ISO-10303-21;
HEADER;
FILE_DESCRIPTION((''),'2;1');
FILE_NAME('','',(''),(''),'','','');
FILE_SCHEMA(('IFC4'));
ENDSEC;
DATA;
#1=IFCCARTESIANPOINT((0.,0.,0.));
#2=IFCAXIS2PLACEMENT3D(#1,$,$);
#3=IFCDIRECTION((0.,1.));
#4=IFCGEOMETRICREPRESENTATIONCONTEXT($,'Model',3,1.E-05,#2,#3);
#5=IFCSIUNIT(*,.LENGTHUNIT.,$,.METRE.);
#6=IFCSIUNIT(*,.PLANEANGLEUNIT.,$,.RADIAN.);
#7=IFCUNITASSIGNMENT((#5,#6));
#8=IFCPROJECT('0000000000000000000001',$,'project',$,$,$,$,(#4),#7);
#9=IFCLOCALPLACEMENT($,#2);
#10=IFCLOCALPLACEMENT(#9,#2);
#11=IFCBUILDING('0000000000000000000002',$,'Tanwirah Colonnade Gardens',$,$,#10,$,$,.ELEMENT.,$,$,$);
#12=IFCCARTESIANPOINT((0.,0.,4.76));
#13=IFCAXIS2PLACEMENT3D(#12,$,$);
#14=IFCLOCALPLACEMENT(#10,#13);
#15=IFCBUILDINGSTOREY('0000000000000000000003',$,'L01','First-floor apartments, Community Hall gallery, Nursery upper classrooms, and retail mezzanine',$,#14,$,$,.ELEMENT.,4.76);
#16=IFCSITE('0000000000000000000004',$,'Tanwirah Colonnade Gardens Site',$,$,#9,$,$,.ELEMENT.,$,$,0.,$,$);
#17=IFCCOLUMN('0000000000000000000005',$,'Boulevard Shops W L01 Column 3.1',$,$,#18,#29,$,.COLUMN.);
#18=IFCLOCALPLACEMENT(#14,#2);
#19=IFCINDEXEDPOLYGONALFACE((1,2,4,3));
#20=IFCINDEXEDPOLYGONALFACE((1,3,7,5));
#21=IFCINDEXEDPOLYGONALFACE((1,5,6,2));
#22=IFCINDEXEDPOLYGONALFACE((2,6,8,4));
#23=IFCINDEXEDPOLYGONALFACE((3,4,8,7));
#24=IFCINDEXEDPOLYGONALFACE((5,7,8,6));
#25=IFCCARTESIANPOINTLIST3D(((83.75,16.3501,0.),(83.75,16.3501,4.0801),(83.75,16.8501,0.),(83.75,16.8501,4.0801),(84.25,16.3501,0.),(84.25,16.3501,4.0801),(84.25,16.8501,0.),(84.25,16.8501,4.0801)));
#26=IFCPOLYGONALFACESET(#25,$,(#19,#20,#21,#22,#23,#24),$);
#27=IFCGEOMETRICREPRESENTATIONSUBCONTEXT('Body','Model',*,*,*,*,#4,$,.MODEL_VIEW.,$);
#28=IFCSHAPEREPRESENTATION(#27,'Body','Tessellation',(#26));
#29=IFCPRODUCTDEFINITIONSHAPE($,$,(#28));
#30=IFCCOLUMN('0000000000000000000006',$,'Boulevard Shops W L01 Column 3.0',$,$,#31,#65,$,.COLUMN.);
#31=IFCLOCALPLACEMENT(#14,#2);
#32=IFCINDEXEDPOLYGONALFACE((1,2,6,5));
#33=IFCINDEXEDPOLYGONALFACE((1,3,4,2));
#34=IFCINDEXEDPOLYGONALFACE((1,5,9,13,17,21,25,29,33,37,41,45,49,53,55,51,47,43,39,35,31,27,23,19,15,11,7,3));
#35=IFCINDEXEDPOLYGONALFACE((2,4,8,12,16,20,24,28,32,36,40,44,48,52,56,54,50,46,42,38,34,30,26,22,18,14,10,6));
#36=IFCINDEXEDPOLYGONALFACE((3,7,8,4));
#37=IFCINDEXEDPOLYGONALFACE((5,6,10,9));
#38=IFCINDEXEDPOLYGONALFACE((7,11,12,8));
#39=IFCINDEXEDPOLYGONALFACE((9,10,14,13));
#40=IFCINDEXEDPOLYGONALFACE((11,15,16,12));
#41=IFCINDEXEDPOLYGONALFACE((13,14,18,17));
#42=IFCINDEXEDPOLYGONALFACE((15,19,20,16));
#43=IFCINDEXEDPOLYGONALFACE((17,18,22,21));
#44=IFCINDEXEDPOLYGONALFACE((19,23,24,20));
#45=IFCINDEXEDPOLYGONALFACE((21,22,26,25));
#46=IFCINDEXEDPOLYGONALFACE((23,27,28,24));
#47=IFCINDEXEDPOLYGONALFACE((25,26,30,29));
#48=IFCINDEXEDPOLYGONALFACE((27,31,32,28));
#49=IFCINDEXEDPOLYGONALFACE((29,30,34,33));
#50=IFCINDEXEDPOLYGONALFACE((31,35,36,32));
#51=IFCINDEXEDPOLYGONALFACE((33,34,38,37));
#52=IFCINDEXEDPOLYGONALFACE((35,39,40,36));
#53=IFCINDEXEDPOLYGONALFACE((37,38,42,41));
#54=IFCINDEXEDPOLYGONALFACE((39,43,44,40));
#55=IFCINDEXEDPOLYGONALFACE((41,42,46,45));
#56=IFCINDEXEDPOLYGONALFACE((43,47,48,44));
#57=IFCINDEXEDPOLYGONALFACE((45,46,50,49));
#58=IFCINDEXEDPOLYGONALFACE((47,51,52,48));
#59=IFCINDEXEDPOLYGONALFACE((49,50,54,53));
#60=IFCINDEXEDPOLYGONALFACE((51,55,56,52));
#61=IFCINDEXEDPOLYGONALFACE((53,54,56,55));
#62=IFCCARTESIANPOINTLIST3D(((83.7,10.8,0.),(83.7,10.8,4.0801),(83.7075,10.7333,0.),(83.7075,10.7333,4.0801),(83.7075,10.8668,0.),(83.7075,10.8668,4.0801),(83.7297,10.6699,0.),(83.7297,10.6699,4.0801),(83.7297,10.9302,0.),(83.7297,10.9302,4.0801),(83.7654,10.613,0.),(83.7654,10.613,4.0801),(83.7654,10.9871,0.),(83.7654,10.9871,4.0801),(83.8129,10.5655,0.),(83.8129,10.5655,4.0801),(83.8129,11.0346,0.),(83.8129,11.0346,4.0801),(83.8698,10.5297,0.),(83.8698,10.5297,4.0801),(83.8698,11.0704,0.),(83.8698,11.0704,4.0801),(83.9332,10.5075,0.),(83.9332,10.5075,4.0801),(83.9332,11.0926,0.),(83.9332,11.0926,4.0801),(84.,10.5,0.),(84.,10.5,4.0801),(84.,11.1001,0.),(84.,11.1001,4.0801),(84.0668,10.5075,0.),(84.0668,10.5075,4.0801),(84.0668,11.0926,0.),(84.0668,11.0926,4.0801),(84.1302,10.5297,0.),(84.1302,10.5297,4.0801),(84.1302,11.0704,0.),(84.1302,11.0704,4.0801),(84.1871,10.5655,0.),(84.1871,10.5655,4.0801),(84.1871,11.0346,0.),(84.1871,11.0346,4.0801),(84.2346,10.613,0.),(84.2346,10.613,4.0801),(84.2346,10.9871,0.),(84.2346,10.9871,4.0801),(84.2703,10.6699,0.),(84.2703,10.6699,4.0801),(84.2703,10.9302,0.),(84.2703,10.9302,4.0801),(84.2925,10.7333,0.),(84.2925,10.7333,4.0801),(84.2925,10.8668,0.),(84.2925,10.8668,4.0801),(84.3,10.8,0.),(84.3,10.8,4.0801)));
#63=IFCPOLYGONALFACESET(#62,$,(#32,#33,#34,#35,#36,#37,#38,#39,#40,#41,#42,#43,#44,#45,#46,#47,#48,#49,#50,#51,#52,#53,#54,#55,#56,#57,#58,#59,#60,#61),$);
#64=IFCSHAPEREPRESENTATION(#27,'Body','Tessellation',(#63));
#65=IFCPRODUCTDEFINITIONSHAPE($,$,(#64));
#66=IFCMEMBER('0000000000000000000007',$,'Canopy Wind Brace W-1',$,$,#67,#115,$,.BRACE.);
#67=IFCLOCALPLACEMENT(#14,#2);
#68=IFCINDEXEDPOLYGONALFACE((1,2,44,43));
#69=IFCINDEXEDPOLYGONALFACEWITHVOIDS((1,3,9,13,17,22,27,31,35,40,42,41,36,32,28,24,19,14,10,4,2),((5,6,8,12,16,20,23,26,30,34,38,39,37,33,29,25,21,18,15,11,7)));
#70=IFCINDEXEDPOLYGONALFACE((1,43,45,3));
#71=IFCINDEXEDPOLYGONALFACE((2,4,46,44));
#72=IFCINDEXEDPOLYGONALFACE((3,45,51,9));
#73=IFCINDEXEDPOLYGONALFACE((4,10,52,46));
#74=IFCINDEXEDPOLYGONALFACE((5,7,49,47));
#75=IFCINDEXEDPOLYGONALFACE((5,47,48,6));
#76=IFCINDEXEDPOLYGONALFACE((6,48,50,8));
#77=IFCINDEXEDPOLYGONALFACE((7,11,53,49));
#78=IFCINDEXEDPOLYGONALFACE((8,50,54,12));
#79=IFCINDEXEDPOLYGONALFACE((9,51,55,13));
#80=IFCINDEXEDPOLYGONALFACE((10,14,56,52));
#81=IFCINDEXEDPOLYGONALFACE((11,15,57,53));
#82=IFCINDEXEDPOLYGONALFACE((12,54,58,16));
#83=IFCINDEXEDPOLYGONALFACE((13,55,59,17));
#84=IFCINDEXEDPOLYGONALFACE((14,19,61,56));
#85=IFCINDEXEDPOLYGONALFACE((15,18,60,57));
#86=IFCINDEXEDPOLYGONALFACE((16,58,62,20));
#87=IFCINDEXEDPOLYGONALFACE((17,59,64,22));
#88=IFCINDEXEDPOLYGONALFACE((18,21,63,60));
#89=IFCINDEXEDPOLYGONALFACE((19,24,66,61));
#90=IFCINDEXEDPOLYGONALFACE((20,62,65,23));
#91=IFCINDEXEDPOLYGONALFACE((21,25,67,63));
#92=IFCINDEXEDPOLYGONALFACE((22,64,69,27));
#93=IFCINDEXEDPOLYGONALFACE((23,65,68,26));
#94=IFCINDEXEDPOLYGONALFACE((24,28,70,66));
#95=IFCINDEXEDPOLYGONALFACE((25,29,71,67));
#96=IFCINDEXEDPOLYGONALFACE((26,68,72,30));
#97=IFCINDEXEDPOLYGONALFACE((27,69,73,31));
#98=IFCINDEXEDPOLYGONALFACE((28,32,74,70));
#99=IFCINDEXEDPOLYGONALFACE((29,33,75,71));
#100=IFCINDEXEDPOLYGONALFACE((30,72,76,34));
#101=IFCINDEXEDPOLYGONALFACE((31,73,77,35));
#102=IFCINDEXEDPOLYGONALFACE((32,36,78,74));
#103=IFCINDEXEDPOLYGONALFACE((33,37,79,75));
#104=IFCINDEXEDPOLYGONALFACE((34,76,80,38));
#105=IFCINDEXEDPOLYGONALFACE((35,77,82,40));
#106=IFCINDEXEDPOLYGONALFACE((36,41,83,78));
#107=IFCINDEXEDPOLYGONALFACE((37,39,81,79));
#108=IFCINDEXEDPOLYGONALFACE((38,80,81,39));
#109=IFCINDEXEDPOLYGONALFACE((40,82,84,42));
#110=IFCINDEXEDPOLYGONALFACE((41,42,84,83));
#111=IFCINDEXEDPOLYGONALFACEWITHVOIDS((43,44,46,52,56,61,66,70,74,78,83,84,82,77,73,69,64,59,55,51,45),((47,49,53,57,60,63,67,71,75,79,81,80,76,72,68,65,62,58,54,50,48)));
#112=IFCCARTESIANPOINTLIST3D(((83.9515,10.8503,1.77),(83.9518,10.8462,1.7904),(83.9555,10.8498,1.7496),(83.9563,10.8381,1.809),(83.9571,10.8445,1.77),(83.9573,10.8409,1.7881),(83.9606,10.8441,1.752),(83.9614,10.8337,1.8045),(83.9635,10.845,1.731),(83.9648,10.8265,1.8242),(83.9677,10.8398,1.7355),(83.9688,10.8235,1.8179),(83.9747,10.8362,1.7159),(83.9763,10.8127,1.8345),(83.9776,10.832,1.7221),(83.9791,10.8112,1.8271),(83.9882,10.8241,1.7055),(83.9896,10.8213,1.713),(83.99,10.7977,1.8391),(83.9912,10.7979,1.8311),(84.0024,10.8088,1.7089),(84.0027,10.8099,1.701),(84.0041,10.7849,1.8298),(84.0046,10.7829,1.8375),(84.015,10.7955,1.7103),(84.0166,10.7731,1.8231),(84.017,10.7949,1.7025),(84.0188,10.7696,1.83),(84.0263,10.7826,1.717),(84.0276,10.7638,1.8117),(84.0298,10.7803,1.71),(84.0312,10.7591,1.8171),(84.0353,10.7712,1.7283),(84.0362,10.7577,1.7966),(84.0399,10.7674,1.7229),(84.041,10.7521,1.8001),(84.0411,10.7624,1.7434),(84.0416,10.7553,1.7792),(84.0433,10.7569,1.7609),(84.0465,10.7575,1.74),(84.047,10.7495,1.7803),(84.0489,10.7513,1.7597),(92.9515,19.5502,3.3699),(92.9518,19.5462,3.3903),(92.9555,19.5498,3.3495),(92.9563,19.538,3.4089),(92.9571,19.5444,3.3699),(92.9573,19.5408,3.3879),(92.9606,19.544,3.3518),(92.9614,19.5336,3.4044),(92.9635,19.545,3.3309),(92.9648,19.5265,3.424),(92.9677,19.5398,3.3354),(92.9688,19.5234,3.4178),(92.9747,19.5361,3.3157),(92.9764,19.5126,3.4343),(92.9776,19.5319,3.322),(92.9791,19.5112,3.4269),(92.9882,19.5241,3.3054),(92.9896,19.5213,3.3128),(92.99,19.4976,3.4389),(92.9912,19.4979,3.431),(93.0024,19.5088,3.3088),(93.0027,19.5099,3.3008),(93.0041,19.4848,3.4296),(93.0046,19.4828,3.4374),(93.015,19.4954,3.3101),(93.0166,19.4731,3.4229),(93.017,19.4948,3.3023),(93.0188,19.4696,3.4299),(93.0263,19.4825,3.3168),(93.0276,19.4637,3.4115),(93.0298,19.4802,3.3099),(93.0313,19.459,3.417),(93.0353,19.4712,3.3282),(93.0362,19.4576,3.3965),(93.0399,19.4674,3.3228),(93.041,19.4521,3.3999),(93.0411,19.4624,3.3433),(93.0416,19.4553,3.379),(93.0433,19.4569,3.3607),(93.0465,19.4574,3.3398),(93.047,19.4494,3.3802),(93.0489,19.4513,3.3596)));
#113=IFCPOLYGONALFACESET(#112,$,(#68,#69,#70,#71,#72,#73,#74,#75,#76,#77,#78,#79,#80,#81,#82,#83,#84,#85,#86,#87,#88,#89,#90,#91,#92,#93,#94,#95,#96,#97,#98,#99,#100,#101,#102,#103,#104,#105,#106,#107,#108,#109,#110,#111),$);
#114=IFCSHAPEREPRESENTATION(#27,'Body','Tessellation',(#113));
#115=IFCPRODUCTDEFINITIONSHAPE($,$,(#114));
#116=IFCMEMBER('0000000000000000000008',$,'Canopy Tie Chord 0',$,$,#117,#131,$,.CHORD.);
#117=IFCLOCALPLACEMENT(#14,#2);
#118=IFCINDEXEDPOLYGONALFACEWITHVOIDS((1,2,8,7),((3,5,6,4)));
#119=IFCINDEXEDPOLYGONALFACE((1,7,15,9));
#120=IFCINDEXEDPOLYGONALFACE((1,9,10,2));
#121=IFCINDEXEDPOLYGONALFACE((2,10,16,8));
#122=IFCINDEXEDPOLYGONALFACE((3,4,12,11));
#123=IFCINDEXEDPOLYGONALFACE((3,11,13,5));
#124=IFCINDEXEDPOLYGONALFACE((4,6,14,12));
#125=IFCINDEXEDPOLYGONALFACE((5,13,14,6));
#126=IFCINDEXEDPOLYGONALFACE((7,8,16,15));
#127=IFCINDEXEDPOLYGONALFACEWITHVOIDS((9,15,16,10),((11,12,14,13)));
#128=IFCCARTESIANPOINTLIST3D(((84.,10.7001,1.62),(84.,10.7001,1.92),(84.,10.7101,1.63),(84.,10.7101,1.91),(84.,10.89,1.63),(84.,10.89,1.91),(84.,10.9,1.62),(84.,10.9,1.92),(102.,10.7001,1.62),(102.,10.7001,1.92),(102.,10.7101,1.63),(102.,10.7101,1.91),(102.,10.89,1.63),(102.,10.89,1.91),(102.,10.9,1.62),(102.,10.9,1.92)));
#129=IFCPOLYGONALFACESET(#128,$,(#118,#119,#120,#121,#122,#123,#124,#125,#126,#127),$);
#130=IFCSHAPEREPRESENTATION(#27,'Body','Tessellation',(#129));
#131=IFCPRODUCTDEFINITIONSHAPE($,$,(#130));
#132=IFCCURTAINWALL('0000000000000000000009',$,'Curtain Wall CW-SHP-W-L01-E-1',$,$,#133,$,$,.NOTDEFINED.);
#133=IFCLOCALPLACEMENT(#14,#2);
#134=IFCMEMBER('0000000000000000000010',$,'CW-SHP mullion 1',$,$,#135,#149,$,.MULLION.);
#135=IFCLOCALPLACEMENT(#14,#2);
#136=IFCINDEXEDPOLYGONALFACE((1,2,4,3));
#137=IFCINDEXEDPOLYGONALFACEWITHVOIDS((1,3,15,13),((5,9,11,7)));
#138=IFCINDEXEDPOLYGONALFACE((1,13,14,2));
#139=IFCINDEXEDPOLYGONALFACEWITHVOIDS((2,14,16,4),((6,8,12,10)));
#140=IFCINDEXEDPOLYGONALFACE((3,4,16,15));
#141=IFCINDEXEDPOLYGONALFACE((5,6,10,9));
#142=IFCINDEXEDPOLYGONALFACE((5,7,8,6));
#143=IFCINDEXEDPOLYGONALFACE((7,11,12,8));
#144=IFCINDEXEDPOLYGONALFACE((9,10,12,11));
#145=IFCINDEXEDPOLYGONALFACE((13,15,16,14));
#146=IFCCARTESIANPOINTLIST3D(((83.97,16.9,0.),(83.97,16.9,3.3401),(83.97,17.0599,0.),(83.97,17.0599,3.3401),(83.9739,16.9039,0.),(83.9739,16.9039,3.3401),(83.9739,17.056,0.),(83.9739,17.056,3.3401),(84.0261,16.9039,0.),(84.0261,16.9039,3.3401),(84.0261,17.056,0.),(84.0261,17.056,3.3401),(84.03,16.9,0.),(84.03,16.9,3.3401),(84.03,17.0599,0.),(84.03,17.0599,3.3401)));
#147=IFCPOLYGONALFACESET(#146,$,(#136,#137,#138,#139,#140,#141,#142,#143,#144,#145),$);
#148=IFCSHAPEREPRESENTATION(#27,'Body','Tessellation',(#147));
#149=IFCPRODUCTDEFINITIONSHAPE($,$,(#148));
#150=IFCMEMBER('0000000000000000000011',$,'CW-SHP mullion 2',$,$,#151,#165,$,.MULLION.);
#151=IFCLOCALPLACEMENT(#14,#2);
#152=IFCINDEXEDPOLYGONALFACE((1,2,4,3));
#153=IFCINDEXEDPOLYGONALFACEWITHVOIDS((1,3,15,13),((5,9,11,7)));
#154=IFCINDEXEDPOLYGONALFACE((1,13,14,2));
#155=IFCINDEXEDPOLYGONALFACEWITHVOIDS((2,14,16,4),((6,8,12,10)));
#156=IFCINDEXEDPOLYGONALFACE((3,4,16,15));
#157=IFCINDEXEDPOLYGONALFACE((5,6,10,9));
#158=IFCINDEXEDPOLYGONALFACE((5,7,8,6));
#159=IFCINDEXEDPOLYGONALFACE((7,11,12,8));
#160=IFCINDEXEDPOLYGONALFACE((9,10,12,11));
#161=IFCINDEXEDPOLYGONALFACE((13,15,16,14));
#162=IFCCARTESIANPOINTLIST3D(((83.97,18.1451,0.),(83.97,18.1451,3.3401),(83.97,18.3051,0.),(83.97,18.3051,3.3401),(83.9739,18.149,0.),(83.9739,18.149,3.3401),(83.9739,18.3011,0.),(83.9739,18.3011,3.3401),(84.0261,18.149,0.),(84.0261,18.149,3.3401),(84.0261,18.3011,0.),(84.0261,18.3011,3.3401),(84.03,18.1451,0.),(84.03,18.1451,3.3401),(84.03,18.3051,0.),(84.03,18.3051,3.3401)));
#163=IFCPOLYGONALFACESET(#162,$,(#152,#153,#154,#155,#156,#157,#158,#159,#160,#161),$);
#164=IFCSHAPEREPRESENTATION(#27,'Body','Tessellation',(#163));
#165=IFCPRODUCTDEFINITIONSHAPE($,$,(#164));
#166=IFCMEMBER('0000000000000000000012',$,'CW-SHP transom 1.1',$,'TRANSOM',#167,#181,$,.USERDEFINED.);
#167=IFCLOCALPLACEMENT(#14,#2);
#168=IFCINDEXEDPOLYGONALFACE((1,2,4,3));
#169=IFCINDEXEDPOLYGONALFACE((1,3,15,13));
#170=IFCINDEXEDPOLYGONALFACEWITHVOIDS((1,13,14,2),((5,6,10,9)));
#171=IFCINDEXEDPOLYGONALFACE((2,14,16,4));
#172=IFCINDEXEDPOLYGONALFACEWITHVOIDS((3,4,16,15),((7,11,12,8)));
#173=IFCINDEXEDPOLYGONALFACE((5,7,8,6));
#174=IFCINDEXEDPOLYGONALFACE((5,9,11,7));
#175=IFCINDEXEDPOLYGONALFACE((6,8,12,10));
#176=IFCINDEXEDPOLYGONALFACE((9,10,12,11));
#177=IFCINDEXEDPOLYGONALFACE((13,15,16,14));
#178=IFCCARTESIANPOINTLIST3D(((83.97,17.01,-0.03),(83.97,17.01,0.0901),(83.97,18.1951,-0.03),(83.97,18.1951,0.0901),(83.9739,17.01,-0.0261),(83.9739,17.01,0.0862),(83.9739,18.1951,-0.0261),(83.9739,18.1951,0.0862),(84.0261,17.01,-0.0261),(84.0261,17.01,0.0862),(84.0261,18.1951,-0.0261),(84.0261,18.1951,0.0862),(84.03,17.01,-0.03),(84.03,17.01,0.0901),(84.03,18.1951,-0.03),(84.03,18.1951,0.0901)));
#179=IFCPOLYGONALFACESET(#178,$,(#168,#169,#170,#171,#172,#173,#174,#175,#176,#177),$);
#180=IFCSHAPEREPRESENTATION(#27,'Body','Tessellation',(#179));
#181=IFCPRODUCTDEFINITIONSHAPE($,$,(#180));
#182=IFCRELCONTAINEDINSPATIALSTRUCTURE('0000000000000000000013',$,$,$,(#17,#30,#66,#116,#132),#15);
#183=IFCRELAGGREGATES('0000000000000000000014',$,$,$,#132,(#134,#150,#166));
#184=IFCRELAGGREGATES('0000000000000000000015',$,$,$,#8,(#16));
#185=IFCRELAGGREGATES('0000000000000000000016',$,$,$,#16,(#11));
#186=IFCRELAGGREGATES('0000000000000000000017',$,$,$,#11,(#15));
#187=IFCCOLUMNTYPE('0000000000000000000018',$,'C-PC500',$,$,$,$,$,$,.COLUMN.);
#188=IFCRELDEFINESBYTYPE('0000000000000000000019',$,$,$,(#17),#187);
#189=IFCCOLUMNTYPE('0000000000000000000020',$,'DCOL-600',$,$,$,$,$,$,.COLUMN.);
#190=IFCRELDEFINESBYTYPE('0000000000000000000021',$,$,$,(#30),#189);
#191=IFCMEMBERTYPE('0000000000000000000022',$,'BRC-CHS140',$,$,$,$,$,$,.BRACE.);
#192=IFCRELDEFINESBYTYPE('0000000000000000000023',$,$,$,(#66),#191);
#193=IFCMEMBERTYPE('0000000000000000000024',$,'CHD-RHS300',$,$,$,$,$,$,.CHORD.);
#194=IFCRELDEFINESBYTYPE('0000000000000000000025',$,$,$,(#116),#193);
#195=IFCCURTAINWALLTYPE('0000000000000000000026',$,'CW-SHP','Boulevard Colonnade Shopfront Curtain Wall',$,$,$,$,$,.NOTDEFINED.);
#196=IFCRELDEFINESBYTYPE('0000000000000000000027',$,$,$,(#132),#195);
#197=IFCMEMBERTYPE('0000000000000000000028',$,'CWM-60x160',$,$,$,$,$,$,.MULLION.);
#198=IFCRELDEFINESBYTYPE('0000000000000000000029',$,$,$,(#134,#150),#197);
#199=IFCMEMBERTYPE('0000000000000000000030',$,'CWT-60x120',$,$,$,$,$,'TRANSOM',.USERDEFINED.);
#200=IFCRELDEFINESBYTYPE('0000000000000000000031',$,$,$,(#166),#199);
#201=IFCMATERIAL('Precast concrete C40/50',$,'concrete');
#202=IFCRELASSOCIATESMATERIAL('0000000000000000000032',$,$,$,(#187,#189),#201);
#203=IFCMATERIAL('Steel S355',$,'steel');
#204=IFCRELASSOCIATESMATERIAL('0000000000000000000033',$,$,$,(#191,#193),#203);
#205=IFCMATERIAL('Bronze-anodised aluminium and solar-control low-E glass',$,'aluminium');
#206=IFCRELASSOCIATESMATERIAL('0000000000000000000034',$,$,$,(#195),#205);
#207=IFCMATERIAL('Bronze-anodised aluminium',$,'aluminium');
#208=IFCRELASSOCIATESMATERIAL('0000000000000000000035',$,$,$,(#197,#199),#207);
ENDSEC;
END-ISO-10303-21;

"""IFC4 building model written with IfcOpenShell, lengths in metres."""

from ifc_helpers import new_model, si_unit, direction, frame, origin, origin_2d, place, context, subcontext, project, spatial, rectangle, hollow_rectangle, circle, hollow_circle, extrude, material, material_profile, profile_set, type_object, element, aggregate, save


model = new_model("IFC4")

# Units and contexts
model_context = context("Model", 3, precision=1e-05, world=origin(), true_north=direction((0.0, 1.0)))
body_context = subcontext(model_context, "Body", "Model", "MODEL_VIEW")
ifc_project = project(units=[si_unit("LENGTHUNIT", "METRE"), si_unit("PLANEANGLEUNIT", "RADIAN")], contexts=[model_context])

# Site, building, storey
site_placement = place(None, origin())
site = spatial("IfcSite", under=ifc_project, at=site_placement, Name="Tanwirah Colonnade Gardens Site", CompositionType="ELEMENT", RefElevation=0.0)
building_placement = place(site_placement, origin())
building = spatial("IfcBuilding", under=site, at=building_placement, Name="Tanwirah Colonnade Gardens", CompositionType="ELEMENT")
storey_placement = place(building_placement, frame((0.0, 0.0, 4.76)))
storey = spatial("IfcBuildingStorey", under=building, at=storey_placement, Name="L01", Description="First-floor apartments, Community Hall gallery, Nursery upper classrooms, and retail mezzanine", CompositionType="ELEMENT", Elevation=4.76)

# Columns
ifc_material_1 = material(Name="Precast concrete C40/50", Category="concrete")
ifc_material_profile_1 = material_profile(ifc_material_1, rectangle(XDim=0.5, YDim=0.5, at=origin_2d()), Name="PC-COL 500x500")
ifc_profile_set_1 = profile_set([ifc_material_profile_1], Name="Precast concrete C40/50")
column_type_1 = type_object("IfcColumnType", Name="C-PC500", PredefinedType="COLUMN", material=ifc_profile_set_1)
column_1_placement = place(storey_placement, frame((84.0, 16.6001, 0.0), z_axis=(0.0, 0.0, 1.0), x_axis=(1.0, 0.0, 0.0)))
element("IfcColumn", 1, at=column_1_placement, inside=storey, type_object=column_type_1, Name="Boulevard Shops W L01 Column 3.1", PredefinedType="COLUMN", context=body_context, shape_type="SweptSolid", body=[
    extrude(rectangle(XDim=0.5, YDim=0.5, at=origin_2d()), origin(), (0.0, 0.0, 1.0), 4.0801),
])
ifc_material_profile_2 = material_profile(ifc_material_1, circle(Radius=0.3, at=origin_2d()), Name="PC-DCOL D600")
ifc_profile_set_2 = profile_set([ifc_material_profile_2], Name="Precast concrete C40/50")
column_type_2 = type_object("IfcColumnType", Name="DCOL-600", PredefinedType="COLUMN", material=ifc_profile_set_2)
column_2_placement = place(storey_placement, frame((84.0, 10.8, 0.0), z_axis=(0.0, 0.0, 1.0), x_axis=(1.0, 0.0, 0.0)))
element("IfcColumn", 2, at=column_2_placement, inside=storey, type_object=column_type_2, Name="Boulevard Shops W L01 Column 3.0", PredefinedType="COLUMN", context=body_context, shape_type="SweptSolid", body=[
    extrude(circle(Radius=0.3, at=origin_2d()), origin(), (0.0, 0.0, 1.0), 4.0801),
])

# Members
ifc_material_2 = material(Name="Steel S355", Category="steel")
ifc_material_profile_3 = material_profile(ifc_material_2, hollow_circle(Radius=0.0698, WallThickness=0.0081, at=origin_2d()), Name="CHS 139.7x8")
ifc_profile_set_3 = profile_set([ifc_material_profile_3], Name="Steel S355")
member_type_1 = type_object("IfcMemberType", Name="BRC-CHS140", PredefinedType="BRACE", material=ifc_profile_set_3)
member_1_placement = place(storey_placement, frame((84.0, 10.8, 1.77), z_axis=(0.713189, 0.689412, 0.126778), x_axis=(-0.69502, 0.71899, 0.0)))
element("IfcMember", 3, at=member_1_placement, inside=storey, type_object=member_type_1, Name="Canopy Wind Brace W-1", PredefinedType="BRACE", context=body_context, shape_type="SweptSolid", body=[
    extrude(hollow_circle(Radius=0.0698, WallThickness=0.0081, at=origin_2d()), origin(), (0.0, 0.0, 1.0), 12.6194),
])
ifc_material_profile_4 = material_profile(ifc_material_2, hollow_rectangle(XDim=0.2, YDim=0.3, WallThickness=0.01, at=origin_2d()), Name="RHS 300x200x10")
ifc_profile_set_4 = profile_set([ifc_material_profile_4], Name="Steel S355")
member_type_2 = type_object("IfcMemberType", Name="CHD-RHS300", PredefinedType="CHORD", material=ifc_profile_set_4)
member_2_placement = place(storey_placement, frame((84.0, 10.8, 1.77), z_axis=(1.0, 0.0, 0.0), x_axis=(0.0, 1.0, 0.0)))
element("IfcMember", 4, at=member_2_placement, inside=storey, type_object=member_type_2, Name="Canopy Tie Chord 0", PredefinedType="CHORD", context=body_context, shape_type="SweptSolid", body=[
    extrude(hollow_rectangle(XDim=0.2, YDim=0.3, WallThickness=0.01, at=origin_2d()), origin(), (0.0, 0.0, 1.0), 18.0),
])

# Curtain wall, members
ifc_material_3 = material(Name="Bronze-anodised aluminium and solar-control low-E glass", Category="aluminium")
curtain_wall_type = type_object("IfcCurtainWallType", Name="CW-SHP", Description="Boulevard Colonnade Shopfront Curtain Wall", PredefinedType="NOTDEFINED", material=ifc_material_3)
curtain_wall_placement = place(storey_placement, origin())
curtain_wall = element("IfcCurtainWall", 5, at=curtain_wall_placement, inside=storey, type_object=curtain_wall_type, Name="Curtain Wall CW-SHP-W-L01-E-1", PredefinedType="NOTDEFINED")
ifc_material_4 = material(Name="Bronze-anodised aluminium", Category="aluminium")
ifc_material_profile_5 = material_profile(ifc_material_4, hollow_rectangle(XDim=0.0601, YDim=0.1599, WallThickness=0.0039, at=origin_2d()), Name="CW-MUL 60x160x4")
ifc_profile_set_5 = profile_set([ifc_material_profile_5], Name="Bronze-anodised aluminium")
member_type_3 = type_object("IfcMemberType", Name="CWM-60x160", PredefinedType="MULLION", material=ifc_profile_set_5)
member_3_placement = place(storey_placement, frame((84.0, 16.98, 0.0), z_axis=(0.0, 0.0, 1.0), x_axis=(-1.0, 0.0, 0.0)))
member_3 = element("IfcMember", 6, at=member_3_placement, type_object=member_type_3, Name="CW-SHP mullion 1", PredefinedType="MULLION", context=body_context, shape_type="SweptSolid", body=[
    extrude(hollow_rectangle(XDim=0.0601, YDim=0.1599, WallThickness=0.0039, at=origin_2d()), origin(), (0.0, 0.0, 1.0), 3.3401),
])
member_4_placement = place(storey_placement, frame((84.0, 18.2251, 0.0), z_axis=(0.0, 0.0, 1.0), x_axis=(-1.0, 0.0, 0.0)))
member_4 = element("IfcMember", 7, at=member_4_placement, type_object=member_type_3, Name="CW-SHP mullion 2", PredefinedType="MULLION", context=body_context, shape_type="SweptSolid", body=[
    extrude(hollow_rectangle(XDim=0.0601, YDim=0.1599, WallThickness=0.0039, at=origin_2d()), origin(), (0.0, 0.0, 1.0), 3.3401),
])
ifc_material_profile_6 = material_profile(ifc_material_4, hollow_rectangle(XDim=0.0601, YDim=0.1201, WallThickness=0.0039, at=origin_2d()), Name="CW-TRN 60x120x4")
ifc_profile_set_6 = profile_set([ifc_material_profile_6], Name="Bronze-anodised aluminium")
member_type_4 = type_object("IfcMemberType", Name="CWT-60x120", ElementType="TRANSOM", PredefinedType="USERDEFINED", material=ifc_profile_set_6)
member_5_placement = place(storey_placement, frame((84.0, 17.01, 0.03), z_axis=(0.0, 1.0, 0.0), x_axis=(-1.0, 0.0, 0.0)))
member_5 = element("IfcMember", 8, at=member_5_placement, type_object=member_type_4, Name="CW-SHP transom 1.1", ObjectType="TRANSOM", PredefinedType="USERDEFINED", context=body_context, shape_type="SweptSolid", body=[
    extrude(hollow_rectangle(XDim=0.0601, YDim=0.1201, WallThickness=0.0039, at=origin_2d()), origin(), (0.0, 0.0, 1.0), 1.1851),
])

aggregate(curtain_wall, [member_3, member_4, member_5])

save(model, "model.ifc")
